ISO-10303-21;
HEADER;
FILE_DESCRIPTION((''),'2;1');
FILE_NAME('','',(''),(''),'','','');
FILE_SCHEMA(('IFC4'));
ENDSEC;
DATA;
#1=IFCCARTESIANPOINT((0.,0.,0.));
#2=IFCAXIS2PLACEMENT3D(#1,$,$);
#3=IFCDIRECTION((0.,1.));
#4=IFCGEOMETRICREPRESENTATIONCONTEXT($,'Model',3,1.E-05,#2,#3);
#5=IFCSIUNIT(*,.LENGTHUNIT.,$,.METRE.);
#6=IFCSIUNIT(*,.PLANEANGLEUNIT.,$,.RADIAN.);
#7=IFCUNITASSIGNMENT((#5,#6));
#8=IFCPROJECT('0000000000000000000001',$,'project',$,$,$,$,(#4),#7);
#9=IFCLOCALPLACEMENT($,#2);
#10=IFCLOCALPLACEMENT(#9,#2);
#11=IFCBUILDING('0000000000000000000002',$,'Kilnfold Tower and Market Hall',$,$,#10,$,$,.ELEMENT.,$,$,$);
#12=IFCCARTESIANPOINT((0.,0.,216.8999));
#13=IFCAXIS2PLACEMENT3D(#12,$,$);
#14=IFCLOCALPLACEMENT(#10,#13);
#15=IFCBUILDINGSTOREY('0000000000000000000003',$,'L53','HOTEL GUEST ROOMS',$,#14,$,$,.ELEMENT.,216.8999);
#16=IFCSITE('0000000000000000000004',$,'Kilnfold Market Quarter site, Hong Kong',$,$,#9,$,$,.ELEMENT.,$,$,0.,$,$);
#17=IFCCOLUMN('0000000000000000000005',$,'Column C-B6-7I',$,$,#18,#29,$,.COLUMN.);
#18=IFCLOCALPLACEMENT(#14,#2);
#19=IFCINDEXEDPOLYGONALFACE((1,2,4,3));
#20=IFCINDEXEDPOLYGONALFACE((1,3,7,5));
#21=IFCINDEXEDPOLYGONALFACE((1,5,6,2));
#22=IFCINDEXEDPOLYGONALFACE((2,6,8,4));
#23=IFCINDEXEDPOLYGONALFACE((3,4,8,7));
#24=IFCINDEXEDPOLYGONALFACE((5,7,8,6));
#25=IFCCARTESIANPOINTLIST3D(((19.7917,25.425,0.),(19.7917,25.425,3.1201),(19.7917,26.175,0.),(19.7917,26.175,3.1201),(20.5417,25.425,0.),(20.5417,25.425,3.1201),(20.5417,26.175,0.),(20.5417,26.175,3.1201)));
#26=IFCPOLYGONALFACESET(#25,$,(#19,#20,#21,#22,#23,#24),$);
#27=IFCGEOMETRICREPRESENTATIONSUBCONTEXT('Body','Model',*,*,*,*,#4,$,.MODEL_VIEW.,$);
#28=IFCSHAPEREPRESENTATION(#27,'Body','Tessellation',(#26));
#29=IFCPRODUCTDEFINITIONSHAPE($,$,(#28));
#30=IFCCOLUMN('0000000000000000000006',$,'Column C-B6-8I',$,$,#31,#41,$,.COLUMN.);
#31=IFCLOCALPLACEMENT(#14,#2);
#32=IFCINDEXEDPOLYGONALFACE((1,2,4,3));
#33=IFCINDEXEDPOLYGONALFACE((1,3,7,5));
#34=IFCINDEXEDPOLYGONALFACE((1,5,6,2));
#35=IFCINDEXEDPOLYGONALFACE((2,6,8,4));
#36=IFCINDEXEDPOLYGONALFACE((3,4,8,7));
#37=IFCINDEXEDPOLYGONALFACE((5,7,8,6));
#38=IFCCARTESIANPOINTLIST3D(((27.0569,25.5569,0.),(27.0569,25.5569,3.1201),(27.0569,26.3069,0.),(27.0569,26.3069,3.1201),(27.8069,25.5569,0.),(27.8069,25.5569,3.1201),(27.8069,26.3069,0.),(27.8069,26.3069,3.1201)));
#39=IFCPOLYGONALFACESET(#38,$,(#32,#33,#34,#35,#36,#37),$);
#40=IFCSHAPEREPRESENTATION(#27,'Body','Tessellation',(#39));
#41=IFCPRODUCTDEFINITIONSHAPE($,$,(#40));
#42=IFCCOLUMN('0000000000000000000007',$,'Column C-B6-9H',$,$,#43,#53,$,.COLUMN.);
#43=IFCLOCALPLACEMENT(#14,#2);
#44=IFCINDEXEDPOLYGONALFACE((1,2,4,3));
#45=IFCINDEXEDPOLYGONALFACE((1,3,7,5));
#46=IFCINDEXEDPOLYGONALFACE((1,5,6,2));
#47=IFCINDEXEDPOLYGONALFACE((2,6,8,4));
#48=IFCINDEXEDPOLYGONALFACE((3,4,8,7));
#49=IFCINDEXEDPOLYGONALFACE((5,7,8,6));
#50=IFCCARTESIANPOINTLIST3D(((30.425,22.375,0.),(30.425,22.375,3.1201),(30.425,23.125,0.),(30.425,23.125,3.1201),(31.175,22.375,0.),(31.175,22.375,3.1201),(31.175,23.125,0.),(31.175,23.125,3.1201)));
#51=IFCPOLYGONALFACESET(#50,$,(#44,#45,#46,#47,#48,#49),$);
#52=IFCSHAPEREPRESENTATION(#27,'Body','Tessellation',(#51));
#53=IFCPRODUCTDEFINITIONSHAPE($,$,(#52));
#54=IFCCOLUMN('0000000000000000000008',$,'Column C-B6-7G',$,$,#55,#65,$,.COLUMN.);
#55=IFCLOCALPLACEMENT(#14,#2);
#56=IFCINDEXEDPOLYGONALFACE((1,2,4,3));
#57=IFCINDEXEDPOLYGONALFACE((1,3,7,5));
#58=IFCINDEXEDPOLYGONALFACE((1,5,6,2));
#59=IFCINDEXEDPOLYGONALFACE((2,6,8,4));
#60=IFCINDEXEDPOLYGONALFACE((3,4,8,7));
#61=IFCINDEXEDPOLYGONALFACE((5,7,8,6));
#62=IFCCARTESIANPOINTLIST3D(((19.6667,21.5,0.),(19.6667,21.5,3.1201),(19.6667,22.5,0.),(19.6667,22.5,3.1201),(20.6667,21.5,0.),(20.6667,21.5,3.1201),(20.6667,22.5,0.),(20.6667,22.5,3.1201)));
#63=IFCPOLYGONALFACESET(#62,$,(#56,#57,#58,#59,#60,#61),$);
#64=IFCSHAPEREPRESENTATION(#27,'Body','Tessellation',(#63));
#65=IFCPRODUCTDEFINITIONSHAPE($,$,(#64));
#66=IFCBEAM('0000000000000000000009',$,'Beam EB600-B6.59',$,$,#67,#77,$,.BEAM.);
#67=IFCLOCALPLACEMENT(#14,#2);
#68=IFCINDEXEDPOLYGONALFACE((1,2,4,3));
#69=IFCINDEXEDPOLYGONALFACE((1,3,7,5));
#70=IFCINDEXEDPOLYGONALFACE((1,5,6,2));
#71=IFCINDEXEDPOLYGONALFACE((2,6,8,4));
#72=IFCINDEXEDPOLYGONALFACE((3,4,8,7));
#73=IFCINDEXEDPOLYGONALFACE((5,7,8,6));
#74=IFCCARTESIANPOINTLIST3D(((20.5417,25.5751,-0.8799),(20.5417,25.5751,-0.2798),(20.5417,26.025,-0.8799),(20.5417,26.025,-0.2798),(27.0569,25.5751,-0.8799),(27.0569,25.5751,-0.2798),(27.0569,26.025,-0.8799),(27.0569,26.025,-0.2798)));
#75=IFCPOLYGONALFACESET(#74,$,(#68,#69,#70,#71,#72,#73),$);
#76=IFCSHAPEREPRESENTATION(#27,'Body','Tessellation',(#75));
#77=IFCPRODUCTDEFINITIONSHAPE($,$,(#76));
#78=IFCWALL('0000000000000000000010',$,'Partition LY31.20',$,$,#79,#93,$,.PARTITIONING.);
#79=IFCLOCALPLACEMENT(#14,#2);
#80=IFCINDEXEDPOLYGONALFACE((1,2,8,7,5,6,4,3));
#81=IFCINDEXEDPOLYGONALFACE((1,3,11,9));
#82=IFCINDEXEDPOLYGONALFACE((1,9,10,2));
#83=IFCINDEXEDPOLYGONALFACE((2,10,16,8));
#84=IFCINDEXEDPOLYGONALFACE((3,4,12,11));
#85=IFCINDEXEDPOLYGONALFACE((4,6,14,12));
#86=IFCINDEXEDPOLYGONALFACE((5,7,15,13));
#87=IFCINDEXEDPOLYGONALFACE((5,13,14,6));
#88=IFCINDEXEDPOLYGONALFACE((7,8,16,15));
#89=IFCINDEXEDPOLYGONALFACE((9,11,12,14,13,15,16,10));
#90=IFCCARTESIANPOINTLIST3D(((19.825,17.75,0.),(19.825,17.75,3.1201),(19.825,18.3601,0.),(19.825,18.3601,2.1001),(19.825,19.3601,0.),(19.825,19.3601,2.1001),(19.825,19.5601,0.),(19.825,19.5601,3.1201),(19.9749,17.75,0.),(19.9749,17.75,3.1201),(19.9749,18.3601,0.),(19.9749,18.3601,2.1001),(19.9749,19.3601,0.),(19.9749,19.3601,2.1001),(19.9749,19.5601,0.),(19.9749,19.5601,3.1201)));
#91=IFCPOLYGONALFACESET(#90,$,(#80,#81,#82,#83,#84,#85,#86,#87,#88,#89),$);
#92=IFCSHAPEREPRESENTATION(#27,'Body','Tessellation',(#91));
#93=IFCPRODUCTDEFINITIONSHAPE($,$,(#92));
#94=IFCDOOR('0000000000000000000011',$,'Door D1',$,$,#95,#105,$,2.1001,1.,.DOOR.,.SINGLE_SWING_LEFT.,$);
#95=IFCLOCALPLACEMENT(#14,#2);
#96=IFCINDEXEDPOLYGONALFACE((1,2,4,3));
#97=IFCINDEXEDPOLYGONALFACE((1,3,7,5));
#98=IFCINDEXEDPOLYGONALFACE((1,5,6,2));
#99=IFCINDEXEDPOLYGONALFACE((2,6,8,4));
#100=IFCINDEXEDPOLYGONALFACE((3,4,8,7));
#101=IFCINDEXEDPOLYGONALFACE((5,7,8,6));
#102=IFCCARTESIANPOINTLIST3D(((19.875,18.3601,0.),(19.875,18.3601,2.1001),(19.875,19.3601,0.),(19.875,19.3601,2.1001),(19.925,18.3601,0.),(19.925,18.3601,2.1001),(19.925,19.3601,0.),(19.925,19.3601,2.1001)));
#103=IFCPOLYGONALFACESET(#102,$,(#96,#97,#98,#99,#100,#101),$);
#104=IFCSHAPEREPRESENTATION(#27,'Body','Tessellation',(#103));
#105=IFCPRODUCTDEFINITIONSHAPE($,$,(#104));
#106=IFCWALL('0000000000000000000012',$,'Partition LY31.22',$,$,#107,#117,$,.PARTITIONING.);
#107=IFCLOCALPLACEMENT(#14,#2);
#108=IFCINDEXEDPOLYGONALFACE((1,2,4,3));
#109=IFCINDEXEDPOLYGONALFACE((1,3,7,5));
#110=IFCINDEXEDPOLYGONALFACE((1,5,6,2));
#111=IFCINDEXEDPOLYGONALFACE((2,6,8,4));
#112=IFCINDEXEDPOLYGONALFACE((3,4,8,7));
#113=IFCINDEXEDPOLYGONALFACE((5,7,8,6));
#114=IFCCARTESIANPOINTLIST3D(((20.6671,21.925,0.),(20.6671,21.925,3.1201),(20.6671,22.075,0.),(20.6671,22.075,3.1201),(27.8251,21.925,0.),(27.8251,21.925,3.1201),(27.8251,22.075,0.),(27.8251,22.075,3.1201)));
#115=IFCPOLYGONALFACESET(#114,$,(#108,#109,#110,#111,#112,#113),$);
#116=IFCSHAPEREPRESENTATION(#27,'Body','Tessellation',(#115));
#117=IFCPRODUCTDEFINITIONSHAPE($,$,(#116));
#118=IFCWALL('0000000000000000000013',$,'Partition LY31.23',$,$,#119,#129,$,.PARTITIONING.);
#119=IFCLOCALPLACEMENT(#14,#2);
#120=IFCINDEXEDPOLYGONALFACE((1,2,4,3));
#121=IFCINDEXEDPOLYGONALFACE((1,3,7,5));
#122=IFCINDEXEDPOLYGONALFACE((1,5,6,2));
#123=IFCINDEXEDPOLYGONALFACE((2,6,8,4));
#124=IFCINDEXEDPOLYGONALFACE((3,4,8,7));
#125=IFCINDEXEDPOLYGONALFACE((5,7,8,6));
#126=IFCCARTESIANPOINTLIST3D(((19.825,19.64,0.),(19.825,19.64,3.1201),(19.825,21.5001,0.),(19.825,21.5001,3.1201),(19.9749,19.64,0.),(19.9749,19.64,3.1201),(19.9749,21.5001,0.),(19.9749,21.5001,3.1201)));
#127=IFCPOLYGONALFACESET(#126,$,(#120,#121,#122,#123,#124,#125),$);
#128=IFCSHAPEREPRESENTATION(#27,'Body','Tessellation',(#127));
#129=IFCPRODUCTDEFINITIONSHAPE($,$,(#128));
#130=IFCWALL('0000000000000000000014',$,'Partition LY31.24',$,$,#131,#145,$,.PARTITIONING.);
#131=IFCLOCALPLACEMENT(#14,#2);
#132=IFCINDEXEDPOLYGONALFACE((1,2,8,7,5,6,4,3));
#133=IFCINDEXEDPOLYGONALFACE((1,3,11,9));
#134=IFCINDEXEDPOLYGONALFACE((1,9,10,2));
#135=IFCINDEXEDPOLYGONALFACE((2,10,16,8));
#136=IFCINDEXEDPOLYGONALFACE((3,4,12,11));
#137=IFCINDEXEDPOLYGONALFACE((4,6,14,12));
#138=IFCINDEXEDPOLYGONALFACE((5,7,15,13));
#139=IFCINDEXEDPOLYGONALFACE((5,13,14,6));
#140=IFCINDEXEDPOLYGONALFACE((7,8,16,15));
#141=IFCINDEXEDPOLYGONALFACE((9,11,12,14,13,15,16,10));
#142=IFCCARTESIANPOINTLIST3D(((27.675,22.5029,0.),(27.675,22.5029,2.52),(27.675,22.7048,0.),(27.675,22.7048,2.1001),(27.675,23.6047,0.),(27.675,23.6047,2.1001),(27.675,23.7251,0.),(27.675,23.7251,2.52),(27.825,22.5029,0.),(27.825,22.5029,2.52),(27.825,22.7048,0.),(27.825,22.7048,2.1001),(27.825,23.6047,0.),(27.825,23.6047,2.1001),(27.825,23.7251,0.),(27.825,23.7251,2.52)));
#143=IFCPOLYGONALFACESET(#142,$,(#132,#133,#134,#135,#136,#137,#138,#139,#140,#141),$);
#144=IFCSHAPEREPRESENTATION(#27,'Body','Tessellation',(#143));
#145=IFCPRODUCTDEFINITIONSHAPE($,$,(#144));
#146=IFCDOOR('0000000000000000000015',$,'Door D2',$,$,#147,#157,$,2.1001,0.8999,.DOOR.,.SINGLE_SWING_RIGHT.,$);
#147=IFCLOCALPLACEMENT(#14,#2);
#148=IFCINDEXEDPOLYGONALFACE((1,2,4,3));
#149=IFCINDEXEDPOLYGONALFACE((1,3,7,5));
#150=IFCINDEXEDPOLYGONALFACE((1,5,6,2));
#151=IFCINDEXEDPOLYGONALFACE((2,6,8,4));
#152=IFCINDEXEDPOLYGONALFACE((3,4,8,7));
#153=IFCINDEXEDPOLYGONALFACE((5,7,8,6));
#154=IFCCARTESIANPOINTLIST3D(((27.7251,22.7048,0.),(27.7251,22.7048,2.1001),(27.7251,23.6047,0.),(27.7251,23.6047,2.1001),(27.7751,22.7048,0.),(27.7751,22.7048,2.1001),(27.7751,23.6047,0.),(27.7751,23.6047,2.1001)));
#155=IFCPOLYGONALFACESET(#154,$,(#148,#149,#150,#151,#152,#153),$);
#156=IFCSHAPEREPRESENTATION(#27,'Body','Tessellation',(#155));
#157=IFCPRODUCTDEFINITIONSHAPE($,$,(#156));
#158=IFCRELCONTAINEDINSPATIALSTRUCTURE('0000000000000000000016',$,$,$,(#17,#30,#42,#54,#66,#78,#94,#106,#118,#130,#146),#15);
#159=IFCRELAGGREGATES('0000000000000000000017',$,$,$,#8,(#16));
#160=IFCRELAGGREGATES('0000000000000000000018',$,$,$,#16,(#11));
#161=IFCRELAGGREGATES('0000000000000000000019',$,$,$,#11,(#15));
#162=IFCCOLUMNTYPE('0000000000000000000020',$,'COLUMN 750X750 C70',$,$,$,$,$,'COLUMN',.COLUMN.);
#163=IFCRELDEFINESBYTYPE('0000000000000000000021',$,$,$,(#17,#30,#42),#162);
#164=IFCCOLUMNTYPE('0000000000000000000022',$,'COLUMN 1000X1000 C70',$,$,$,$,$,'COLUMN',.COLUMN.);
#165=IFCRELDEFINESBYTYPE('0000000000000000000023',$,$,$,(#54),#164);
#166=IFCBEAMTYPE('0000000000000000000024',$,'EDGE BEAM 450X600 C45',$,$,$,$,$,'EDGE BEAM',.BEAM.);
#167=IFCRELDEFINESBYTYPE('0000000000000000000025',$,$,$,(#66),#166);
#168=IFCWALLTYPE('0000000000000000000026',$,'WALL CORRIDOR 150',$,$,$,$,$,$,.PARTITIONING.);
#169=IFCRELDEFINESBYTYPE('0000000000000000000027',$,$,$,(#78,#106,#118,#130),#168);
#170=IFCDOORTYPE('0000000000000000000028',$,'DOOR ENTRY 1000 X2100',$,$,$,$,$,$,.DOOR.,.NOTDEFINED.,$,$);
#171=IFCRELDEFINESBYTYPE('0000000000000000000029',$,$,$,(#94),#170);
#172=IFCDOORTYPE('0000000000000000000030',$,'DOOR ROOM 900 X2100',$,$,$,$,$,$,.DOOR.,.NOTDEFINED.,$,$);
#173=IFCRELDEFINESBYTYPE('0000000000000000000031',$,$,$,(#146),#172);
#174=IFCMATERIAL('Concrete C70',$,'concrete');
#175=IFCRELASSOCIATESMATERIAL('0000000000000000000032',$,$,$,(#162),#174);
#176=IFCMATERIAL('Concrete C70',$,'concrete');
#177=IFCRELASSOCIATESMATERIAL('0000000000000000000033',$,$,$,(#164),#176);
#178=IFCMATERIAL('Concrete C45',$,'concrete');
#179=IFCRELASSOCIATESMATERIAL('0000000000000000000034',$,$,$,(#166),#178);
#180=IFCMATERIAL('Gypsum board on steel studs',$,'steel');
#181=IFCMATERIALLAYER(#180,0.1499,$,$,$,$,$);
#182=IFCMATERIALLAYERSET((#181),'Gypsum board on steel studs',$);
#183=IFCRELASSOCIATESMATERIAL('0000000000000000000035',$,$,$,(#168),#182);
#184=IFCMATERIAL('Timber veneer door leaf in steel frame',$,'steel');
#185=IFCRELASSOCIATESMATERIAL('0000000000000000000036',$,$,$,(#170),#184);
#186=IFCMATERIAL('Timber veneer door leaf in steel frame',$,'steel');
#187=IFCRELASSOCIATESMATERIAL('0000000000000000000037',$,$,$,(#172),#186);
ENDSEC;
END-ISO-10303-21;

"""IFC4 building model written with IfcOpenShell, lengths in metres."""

from ifc_helpers import new_model, si_unit, direction, frame, frame_2d, origin, origin_2d, place, context, subcontext, project, spatial, rectangle, extrude, source, transform, mapped, material, layer, layer_set, material_profile, profile_set, type_object, element, fill, save


model = new_model("IFC4")

# Units and contexts
model_context = context("Model", 3, precision=1e-05, world=origin(), true_north=direction((0.0, 1.0)))
body_context = subcontext(model_context, "Body", "Model", "MODEL_VIEW")
ifc_project = project(units=[si_unit("LENGTHUNIT", "METRE"), si_unit("PLANEANGLEUNIT", "RADIAN")], contexts=[model_context])

# Site, building, storey
site_placement = place(None, origin())
site = spatial("IfcSite", under=ifc_project, at=site_placement, Name="Kilnfold Market Quarter site, Hong Kong", CompositionType="ELEMENT", RefElevation=0.0)
building_placement = place(site_placement, origin())
building = spatial("IfcBuilding", under=site, at=building_placement, Name="Kilnfold Tower and Market Hall", CompositionType="ELEMENT")
storey_placement = place(building_placement, frame((0.0, 0.0, 216.8999)))
storey = spatial("IfcBuildingStorey", under=building, at=storey_placement, Name="L53", Description="HOTEL GUEST ROOMS", CompositionType="ELEMENT", Elevation=216.8999)

# Columns
ifc_material_1 = material(Name="Concrete C70", Category="concrete")
ifc_material_profile_1 = material_profile(ifc_material_1, rectangle(XDim=0.75, YDim=0.75, at=origin_2d()), Name="RC 750x750")
ifc_profile_set_1 = profile_set([ifc_material_profile_1], Name="Concrete C70")
column_type_1 = type_object("IfcColumnType", Name="COLUMN 750X750 C70", ElementType="COLUMN", PredefinedType="COLUMN", material=ifc_profile_set_1)
shared_shape_1 = source(origin(), body_context, "Body", "SweptSolid", [
    extrude(rectangle(XDim=0.75, YDim=0.75, at=origin_2d()), origin(), (0.0, 0.0, 1.0), 3.1201),
])
for number, where, z_axis, x_axis, name in (
    (1, (20.1667, 25.8, 0.0), (0.0, 0.0, 1.0), (1.0, 0.0, 0.0), "Column C-B6-7I"),
    (2, (27.4319, 25.9319, 0.0), (0.0, 0.0, 1.0), (1.0, 0.0, 0.0), "Column C-B6-8I"),
    (3, (30.8, 22.75, 0.0), (0.0, 0.0, 1.0), (1.0, 0.0, 0.0), "Column C-B6-9H"),
):
    element("IfcColumn", number, at=place(storey_placement, frame(where, z_axis=z_axis, x_axis=x_axis)), inside=storey, type_object=column_type_1, Name=name, PredefinedType="COLUMN", context=body_context, shape_type="MappedRepresentation", body=[
        mapped(shared_shape_1, transform((0.0, 0.0, 0.0))),
    ])
ifc_material_2 = material(Name="Concrete C70", Category="concrete")
ifc_material_profile_2 = material_profile(ifc_material_2, rectangle(XDim=1.0, YDim=1.0, at=origin_2d()), Name="RC 1000x1000")
ifc_profile_set_2 = profile_set([ifc_material_profile_2], Name="Concrete C70")
column_type_2 = type_object("IfcColumnType", Name="COLUMN 1000X1000 C70", ElementType="COLUMN", PredefinedType="COLUMN", material=ifc_profile_set_2)
shared_shape_2 = source(origin(), body_context, "Body", "SweptSolid", [
    extrude(rectangle(XDim=1.0, YDim=1.0, at=origin_2d()), origin(), (0.0, 0.0, 1.0), 3.1201),
])
column_placement = place(storey_placement, frame((20.1667, 22.0, 0.0), z_axis=(0.0, 0.0, 1.0), x_axis=(1.0, 0.0, 0.0)))
element("IfcColumn", 4, at=column_placement, inside=storey, type_object=column_type_2, Name="Column C-B6-7G", PredefinedType="COLUMN", context=body_context, shape_type="MappedRepresentation", body=[
    mapped(shared_shape_2, transform((0.0, 0.0, 0.0))),
])

# Beam
ifc_material_3 = material(Name="Concrete C45", Category="concrete")
ifc_material_profile_3 = material_profile(ifc_material_3, rectangle(XDim=0.45, YDim=0.6001, at=origin_2d()), Name="RC 450x600")
ifc_profile_set_3 = profile_set([ifc_material_profile_3], Name="Concrete C45")
beam_type = type_object("IfcBeamType", Name="EDGE BEAM 450X600 C45", ElementType="EDGE BEAM", PredefinedType="BEAM", material=ifc_profile_set_3)
shared_shape_3 = source(origin(), body_context, "Body", "SweptSolid", [
    extrude(rectangle(XDim=0.45, YDim=0.6001, at=origin_2d()), origin(), (0.0, 0.0, 1.0), 6.5151),
])
beam_placement = place(storey_placement, frame((20.5417, 25.8, -0.5798), z_axis=(1.0, 0.0, 0.0), x_axis=(0.0, 1.0, 0.0)))
element("IfcBeam", 5, at=beam_placement, inside=storey, type_object=beam_type, Name="Beam EB600-B6.59", PredefinedType="BEAM", context=body_context, shape_type="MappedRepresentation", body=[
    mapped(shared_shape_3, transform((0.0, 0.0, 0.0))),
])

# Wall, opening, door
ifc_material_4 = material(Name="Gypsum board on steel studs", Category="steel")
ifc_layer_1 = layer(ifc_material_4, 0.1499)
ifc_layer_set_1 = layer_set([ifc_layer_1], Name="Gypsum board on steel studs")
wall_type_1 = type_object("IfcWallType", Name="WALL CORRIDOR 150", PredefinedType="PARTITIONING", material=ifc_layer_set_1)
wall_1_placement = place(storey_placement, frame((19.8999, 17.75, 0.0), z_axis=(0.0, 0.0, 1.0), x_axis=(0.0, 1.0, 0.0)))
wall_1 = element("IfcWall", 6, at=wall_1_placement, inside=storey, type_object=wall_type_1, Name="Partition LY31.20", PredefinedType="PARTITIONING", context=body_context, shape_type="SweptSolid", body=[
    extrude(rectangle(XDim=1.8101, YDim=0.1499, at=frame_2d((0.905, 0.0))), origin(), (0.0, 0.0, 1.0), 3.1201),
])
opening_1_placement = place(wall_1_placement, frame((0.6101, 0.0, 0.0)))
opening_1 = element("IfcOpeningElement", 7, at=opening_1_placement, cuts=wall_1, PredefinedType="OPENING", context=body_context, shape_type="SweptSolid", body=[
    extrude(rectangle(XDim=1.0, YDim=2.1001, at=frame_2d((0.5, 1.05))), frame((0.0, 0.085, 0.0), z_axis=(0.0, -1.0, 0.0), x_axis=(1.0, 0.0, 0.0)), (0.0, 0.0, 1.0), 0.1699),
])
ifc_material_5 = material(Name="Timber veneer door leaf in steel frame", Category="steel")
door_type_1 = type_object("IfcDoorType", Name="DOOR ENTRY 1000 X2100", OperationType="NOTDEFINED", PredefinedType="DOOR", material=ifc_material_5)
door_1_placement = place(opening_1_placement, origin())
door_1 = element("IfcDoor", 8, at=door_1_placement, inside=storey, type_object=door_type_1, Name="Door D1", OperationType="SINGLE_SWING_LEFT", OverallHeight=2.1001, OverallWidth=1.0, PredefinedType="DOOR", context=body_context, shape_type="SweptSolid", body=[
    extrude(rectangle(XDim=1.0, YDim=2.1001, at=frame_2d((0.5, 1.05))), frame((0.0, 0.0249, 0.0), z_axis=(0.0, -1.0, 0.0), x_axis=(1.0, 0.0, 0.0)), (0.0, 0.0, 1.0), 0.05),
])
fill(opening_1, door_1)

# Walls
wall_2_placement = place(storey_placement, frame((20.667, 22.0, 0.0), z_axis=(0.0, 0.0, 1.0), x_axis=(1.0, 0.0, 0.0)))
element("IfcWall", 9, at=wall_2_placement, inside=storey, type_object=wall_type_1, Name="Partition LY31.22", PredefinedType="PARTITIONING", context=body_context, shape_type="SweptSolid", body=[
    extrude(rectangle(XDim=7.158, YDim=0.1499, at=frame_2d((3.5791, 0.0))), origin(), (0.0, 0.0, 1.0), 3.1201),
])
wall_3_placement = place(storey_placement, frame((19.8999, 19.6399, 0.0), z_axis=(0.0, 0.0, 1.0), x_axis=(0.0, 1.0, 0.0)))
element("IfcWall", 10, at=wall_3_placement, inside=storey, type_object=wall_type_1, Name="Partition LY31.23", PredefinedType="PARTITIONING", context=body_context, shape_type="SweptSolid", body=[
    extrude(rectangle(XDim=1.8601, YDim=0.1499, at=frame_2d((0.9302, 0.0))), origin(), (0.0, 0.0, 1.0), 3.1201),
])

# Wall, opening, door
wall_4_placement = place(storey_placement, frame((27.75, 22.5029, 0.0), z_axis=(0.0, 0.0, 1.0), x_axis=(0.0, 1.0, 0.0)))
wall_4 = element("IfcWall", 11, at=wall_4_placement, inside=storey, type_object=wall_type_1, Name="Partition LY31.24", PredefinedType="PARTITIONING", context=body_context, shape_type="SweptSolid", body=[
    extrude(rectangle(XDim=1.2222, YDim=0.1499, at=frame_2d((0.6111, 0.0))), origin(), (0.0, 0.0, 1.0), 2.52),
])
opening_2_placement = place(wall_4_placement, frame((0.2019, 0.0, 0.0)))
opening_2 = element("IfcOpeningElement", 12, at=opening_2_placement, cuts=wall_4, PredefinedType="OPENING", context=body_context, shape_type="SweptSolid", body=[
    extrude(rectangle(XDim=0.8999, YDim=2.1001, at=frame_2d((0.45, 1.05))), frame((0.0, 0.085, 0.0), z_axis=(0.0, -1.0, 0.0), x_axis=(1.0, 0.0, 0.0)), (0.0, 0.0, 1.0), 0.1699),
])
ifc_material_6 = material(Name="Timber veneer door leaf in steel frame", Category="steel")
door_type_2 = type_object("IfcDoorType", Name="DOOR ROOM 900 X2100", OperationType="NOTDEFINED", PredefinedType="DOOR", material=ifc_material_6)
door_2_placement = place(opening_2_placement, origin())
door_2 = element("IfcDoor", 13, at=door_2_placement, inside=storey, type_object=door_type_2, Name="Door D2", OperationType="SINGLE_SWING_RIGHT", OverallHeight=2.1001, OverallWidth=0.8999, PredefinedType="DOOR", context=body_context, shape_type="SweptSolid", body=[
    extrude(rectangle(XDim=0.8999, YDim=2.1001, at=frame_2d((0.45, 1.05))), frame((0.0, 0.0249, 0.0), z_axis=(0.0, -1.0, 0.0), x_axis=(1.0, 0.0, 0.0)), (0.0, 0.0, 1.0), 0.05),
])
fill(opening_2, door_2)

save(model, "model.ifc")
